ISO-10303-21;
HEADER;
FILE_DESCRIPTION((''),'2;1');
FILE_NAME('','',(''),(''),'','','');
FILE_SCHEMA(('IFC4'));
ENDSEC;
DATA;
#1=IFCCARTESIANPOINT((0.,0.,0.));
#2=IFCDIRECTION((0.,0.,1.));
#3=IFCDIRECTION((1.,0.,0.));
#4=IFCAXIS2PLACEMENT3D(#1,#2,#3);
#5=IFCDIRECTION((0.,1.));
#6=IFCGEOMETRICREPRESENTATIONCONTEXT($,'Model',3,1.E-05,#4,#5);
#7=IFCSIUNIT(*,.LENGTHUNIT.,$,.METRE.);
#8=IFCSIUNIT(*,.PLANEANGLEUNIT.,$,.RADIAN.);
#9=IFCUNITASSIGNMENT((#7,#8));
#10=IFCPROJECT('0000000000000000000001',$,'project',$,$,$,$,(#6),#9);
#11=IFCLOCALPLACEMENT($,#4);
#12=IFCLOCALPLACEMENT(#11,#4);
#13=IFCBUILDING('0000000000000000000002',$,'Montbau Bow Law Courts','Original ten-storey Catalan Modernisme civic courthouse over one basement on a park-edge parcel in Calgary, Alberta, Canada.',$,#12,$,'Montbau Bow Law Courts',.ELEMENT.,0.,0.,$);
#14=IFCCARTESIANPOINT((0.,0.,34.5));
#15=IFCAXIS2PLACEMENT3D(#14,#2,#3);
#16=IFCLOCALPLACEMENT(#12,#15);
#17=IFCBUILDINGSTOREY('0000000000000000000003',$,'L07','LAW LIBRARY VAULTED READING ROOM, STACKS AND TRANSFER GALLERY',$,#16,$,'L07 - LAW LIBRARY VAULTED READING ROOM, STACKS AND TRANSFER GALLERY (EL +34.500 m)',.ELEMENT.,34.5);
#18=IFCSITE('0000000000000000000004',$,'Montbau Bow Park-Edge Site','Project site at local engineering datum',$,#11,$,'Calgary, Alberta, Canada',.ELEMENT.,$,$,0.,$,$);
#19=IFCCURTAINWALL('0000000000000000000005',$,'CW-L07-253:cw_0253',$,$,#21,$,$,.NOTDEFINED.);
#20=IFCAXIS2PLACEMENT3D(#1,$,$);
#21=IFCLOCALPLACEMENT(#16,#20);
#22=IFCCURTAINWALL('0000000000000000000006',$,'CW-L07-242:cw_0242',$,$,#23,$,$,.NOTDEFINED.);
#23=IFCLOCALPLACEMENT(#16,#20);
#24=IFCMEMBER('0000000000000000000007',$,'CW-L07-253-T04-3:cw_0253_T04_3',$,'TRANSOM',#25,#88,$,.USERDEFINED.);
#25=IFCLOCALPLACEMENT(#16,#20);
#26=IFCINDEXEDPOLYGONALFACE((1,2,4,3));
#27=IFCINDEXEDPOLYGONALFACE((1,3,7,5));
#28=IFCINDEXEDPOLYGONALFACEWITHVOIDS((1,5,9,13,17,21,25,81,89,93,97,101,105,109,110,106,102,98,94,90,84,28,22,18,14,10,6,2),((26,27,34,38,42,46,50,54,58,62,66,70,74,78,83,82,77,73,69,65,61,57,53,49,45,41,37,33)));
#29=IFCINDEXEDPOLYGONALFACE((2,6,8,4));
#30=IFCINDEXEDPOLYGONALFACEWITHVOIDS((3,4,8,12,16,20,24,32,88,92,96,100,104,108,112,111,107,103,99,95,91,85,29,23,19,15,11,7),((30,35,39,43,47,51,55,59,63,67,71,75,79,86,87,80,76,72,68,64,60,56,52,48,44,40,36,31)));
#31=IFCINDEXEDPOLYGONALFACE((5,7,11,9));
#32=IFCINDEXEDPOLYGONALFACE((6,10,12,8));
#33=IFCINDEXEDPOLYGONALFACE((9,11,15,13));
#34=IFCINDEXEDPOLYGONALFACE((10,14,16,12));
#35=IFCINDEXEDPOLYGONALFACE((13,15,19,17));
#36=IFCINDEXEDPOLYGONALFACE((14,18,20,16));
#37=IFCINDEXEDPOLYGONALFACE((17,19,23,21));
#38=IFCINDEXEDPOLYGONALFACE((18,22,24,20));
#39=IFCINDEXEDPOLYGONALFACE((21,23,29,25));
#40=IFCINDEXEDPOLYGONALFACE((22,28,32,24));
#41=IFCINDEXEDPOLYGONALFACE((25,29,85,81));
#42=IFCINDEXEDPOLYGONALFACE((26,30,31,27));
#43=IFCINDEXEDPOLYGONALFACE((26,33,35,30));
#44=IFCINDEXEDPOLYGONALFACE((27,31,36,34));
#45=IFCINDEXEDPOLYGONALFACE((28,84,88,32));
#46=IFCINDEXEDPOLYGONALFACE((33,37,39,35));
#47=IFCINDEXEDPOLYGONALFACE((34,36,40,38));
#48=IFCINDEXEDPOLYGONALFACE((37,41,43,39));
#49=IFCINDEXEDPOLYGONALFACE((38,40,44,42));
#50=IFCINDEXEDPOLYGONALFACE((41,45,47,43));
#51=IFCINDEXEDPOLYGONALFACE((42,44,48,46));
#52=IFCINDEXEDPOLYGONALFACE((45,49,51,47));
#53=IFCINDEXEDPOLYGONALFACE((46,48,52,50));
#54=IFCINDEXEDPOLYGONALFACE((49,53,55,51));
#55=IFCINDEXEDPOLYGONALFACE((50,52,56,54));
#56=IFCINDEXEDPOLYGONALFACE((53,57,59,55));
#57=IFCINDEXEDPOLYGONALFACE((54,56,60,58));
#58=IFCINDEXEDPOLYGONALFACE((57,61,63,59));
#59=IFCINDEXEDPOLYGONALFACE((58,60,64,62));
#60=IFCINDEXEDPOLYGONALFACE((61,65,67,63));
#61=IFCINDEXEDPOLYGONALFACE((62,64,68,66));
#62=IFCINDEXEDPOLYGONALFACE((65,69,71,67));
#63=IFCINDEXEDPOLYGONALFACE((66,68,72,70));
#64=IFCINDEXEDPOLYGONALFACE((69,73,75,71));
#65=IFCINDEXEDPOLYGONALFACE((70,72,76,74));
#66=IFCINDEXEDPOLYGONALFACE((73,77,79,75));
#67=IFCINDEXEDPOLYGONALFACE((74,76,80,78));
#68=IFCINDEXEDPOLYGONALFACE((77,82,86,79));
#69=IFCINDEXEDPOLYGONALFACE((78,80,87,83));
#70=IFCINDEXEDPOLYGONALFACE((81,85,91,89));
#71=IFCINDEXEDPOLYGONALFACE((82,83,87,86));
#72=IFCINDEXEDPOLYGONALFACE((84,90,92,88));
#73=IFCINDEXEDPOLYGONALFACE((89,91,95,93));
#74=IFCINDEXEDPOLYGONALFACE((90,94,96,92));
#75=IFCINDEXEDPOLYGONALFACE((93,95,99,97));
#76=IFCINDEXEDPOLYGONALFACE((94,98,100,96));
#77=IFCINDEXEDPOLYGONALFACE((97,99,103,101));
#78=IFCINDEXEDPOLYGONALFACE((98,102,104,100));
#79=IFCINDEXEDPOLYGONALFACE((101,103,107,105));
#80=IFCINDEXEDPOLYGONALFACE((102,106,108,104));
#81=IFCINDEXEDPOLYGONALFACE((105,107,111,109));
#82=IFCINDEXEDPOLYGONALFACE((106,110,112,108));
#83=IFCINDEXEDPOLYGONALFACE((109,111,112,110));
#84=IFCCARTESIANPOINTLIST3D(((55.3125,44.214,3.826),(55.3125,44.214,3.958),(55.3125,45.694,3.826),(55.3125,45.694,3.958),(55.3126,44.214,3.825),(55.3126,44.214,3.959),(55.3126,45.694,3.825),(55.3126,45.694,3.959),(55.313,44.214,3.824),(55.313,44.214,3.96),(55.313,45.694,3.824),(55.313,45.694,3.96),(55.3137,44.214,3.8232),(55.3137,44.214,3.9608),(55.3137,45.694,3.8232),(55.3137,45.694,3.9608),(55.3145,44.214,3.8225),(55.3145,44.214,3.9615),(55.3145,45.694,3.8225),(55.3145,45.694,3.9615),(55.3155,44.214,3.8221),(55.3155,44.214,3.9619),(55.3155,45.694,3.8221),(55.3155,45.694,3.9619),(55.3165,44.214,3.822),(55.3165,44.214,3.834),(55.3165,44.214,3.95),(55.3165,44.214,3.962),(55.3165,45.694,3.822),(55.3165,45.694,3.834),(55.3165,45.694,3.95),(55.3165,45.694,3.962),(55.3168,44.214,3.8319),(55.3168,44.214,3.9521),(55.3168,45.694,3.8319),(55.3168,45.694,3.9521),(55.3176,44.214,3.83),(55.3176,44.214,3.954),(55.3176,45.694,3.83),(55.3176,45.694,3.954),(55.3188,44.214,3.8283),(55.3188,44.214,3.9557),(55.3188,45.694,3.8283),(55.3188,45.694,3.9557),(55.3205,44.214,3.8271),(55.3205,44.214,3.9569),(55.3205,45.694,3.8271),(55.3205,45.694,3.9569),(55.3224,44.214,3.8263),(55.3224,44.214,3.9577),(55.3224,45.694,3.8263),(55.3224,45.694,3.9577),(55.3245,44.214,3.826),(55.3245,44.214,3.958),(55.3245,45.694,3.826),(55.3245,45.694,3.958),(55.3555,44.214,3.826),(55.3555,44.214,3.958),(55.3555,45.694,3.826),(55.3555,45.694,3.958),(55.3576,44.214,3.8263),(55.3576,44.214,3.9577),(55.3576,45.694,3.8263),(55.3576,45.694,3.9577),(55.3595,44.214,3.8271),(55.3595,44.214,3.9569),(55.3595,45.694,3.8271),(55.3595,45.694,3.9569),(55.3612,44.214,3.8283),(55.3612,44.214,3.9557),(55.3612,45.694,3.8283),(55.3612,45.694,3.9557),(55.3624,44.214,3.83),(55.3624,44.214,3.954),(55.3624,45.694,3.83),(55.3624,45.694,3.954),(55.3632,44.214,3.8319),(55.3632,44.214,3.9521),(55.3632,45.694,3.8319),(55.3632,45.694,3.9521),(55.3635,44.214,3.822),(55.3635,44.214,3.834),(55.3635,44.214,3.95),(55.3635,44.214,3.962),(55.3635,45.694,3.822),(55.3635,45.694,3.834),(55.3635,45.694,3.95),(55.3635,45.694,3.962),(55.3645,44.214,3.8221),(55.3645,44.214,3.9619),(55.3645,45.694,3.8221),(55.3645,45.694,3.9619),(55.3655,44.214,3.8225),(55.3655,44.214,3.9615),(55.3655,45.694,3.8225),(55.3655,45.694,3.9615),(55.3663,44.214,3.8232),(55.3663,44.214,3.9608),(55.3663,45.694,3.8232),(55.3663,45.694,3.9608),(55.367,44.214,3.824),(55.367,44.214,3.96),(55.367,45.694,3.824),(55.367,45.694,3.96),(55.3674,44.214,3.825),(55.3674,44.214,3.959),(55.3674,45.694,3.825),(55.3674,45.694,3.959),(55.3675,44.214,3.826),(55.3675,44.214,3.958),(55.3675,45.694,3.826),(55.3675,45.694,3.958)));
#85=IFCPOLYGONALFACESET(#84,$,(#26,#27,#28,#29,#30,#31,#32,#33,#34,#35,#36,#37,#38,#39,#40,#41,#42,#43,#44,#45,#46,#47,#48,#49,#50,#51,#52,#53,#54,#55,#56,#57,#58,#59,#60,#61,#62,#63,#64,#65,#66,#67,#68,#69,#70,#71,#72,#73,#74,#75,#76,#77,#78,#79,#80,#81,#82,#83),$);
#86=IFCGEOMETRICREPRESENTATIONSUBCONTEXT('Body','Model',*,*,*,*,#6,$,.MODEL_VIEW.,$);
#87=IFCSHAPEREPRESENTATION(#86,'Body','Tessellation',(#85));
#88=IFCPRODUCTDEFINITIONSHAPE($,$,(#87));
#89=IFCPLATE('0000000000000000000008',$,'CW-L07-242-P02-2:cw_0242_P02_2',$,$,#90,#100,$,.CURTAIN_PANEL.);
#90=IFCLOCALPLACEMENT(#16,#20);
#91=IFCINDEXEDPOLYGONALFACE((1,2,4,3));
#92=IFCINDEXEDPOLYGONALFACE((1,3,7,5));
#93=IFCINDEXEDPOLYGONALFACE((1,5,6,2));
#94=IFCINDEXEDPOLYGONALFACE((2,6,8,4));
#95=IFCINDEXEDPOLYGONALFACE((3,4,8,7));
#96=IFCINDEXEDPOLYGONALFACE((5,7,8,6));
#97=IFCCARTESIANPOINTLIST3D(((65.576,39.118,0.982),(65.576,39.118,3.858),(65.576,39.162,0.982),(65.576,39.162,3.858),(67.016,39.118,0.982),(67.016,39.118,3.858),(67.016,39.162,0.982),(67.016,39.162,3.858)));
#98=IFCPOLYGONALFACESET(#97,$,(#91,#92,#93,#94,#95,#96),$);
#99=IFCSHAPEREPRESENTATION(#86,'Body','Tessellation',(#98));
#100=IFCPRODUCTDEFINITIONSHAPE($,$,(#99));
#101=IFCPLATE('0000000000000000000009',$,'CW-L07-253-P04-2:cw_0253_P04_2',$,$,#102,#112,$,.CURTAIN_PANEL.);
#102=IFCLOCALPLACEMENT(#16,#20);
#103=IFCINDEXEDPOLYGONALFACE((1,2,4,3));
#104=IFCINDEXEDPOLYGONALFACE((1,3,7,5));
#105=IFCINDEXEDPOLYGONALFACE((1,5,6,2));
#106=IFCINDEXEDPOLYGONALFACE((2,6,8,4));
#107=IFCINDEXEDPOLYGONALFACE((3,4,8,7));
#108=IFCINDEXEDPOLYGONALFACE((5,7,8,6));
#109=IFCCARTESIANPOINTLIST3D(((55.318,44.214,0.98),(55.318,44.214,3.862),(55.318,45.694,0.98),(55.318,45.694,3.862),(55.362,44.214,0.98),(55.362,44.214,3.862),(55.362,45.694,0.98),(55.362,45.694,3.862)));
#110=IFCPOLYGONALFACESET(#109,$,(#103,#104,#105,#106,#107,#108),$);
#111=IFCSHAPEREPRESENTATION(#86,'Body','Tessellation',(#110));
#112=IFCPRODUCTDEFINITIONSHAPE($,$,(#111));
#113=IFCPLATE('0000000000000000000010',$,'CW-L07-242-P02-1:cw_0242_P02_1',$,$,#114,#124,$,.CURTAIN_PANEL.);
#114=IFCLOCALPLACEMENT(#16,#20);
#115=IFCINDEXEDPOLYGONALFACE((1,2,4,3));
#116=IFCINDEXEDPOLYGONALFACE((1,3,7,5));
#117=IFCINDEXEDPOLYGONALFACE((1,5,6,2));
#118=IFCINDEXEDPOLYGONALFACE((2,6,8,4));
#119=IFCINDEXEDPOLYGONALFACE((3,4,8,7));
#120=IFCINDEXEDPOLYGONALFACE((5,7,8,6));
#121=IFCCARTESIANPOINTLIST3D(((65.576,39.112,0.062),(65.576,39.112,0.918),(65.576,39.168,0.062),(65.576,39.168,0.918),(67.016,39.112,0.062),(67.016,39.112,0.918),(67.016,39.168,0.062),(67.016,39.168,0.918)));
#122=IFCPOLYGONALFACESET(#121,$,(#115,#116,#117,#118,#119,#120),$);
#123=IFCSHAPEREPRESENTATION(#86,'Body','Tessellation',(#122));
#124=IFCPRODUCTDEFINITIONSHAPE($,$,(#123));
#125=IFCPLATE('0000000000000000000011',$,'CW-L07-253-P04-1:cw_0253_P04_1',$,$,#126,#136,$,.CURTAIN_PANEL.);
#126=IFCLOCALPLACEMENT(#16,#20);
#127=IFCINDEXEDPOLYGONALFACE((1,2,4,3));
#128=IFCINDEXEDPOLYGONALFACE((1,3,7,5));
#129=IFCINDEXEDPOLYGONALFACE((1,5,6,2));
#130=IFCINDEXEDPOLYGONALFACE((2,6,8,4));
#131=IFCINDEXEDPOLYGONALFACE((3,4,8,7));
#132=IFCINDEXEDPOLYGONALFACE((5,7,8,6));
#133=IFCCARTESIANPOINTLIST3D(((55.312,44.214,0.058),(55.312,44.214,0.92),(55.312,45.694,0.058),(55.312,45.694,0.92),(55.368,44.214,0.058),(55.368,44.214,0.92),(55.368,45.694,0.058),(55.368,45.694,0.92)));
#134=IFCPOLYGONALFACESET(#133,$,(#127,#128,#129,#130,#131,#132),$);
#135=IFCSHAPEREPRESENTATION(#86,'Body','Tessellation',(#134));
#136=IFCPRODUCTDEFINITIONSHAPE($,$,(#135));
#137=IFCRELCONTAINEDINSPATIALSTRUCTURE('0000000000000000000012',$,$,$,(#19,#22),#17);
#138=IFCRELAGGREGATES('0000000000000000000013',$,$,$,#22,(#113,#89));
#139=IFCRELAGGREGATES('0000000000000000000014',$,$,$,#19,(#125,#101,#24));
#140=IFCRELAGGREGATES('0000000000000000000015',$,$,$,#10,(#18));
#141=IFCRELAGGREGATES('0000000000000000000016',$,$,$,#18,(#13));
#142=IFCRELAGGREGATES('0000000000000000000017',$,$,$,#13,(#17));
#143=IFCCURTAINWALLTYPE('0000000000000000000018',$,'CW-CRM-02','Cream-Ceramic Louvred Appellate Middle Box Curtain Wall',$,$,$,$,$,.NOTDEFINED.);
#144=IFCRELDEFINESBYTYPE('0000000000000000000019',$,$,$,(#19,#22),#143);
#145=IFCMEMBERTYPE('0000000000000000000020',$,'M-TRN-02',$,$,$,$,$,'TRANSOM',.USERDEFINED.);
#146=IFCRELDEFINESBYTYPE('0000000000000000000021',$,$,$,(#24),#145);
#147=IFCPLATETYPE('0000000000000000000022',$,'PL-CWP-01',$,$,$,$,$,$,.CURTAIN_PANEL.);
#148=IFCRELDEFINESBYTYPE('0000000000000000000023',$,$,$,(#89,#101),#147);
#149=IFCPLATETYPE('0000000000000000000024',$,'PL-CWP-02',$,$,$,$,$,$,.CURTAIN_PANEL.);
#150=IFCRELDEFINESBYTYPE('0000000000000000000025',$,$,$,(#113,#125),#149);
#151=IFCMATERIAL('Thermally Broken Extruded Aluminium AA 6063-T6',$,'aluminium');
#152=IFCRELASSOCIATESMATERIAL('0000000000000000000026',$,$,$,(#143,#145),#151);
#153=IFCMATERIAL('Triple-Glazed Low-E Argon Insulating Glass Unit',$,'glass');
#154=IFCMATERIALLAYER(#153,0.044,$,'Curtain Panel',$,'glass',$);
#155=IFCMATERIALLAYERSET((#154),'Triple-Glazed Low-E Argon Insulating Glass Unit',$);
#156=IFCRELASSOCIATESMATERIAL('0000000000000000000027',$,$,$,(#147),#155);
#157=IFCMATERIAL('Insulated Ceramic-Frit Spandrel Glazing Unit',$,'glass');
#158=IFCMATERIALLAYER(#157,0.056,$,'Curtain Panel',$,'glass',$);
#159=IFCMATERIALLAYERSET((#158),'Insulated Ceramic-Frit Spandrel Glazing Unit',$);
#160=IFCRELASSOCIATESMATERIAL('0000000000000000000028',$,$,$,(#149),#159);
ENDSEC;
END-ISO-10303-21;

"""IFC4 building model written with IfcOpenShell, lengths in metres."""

from ifc_helpers import new_model, si_unit, direction, frame, frame_2d, origin_with_axes, origin_2d_with_axis, place, context, subcontext, project, spatial, rectangle, hollow_rectangle, extrude, material, layer, layer_set, material_profile, profile_set, type_object, element, aggregate, save


model = new_model("IFC4")

# Units and contexts
model_context = context("Model", 3, precision=1e-05, world=origin_with_axes(), true_north=direction((0.0, 1.0)))
body_context = subcontext(model_context, "Body", "Model", "MODEL_VIEW")
ifc_project = project(units=[si_unit("LENGTHUNIT", "METRE"), si_unit("PLANEANGLEUNIT", "RADIAN")], contexts=[model_context])

# Site, building, storey
site_placement = place(None, origin_with_axes())
site = spatial("IfcSite", under=ifc_project, at=site_placement, Name="Montbau Bow Park-Edge Site", Description="Project site at local engineering datum", LongName="Calgary, Alberta, Canada", CompositionType="ELEMENT", RefElevation=0.0)
building_placement = place(site_placement, origin_with_axes())
building = spatial("IfcBuilding", under=site, at=building_placement, Name="Montbau Bow Law Courts", Description="Original ten-storey Catalan Modernisme civic courthouse over one basement on a park-edge parcel in Calgary, Alberta, Canada.", LongName="Montbau Bow Law Courts", CompositionType="ELEMENT", ElevationOfRefHeight=0.0, ElevationOfTerrain=0.0)
storey_placement = place(building_placement, frame((0.0, 0.0, 34.5), z_axis=(0.0, 0.0, 1.0), x_axis=(1.0, 0.0, 0.0)))
storey = spatial("IfcBuildingStorey", under=building, at=storey_placement, Name="L07", Description="LAW LIBRARY VAULTED READING ROOM, STACKS AND TRANSFER GALLERY", LongName="L07 - LAW LIBRARY VAULTED READING ROOM, STACKS AND TRANSFER GALLERY (EL +34.500 m)", CompositionType="ELEMENT", Elevation=34.5)

# Curtain wall
ifc_material_1 = material(Name="Thermally Broken Extruded Aluminium AA 6063-T6", Category="aluminium")
curtain_wall_type = type_object("IfcCurtainWallType", Name="CW-CRM-02", Description="Cream-Ceramic Louvred Appellate Middle Box Curtain Wall", PredefinedType="NOTDEFINED", material=ifc_material_1)
curtain_wall_1_placement = place(None, frame((55.34, 39.44, 34.5), z_axis=(0.0, 0.0, 1.0), x_axis=(1.0, 0.0, 0.0)))
curtain_wall_1 = element("IfcCurtainWall", 1, at=curtain_wall_1_placement, inside=storey, type_object=curtain_wall_type, Name="CW-L07-253:cw_0253", PredefinedType="NOTDEFINED")

# Curtain wall
curtain_wall_2_placement = place(None, frame((64.04, 39.14, 34.5), z_axis=(0.0, 0.0, 1.0), x_axis=(1.0, 0.0, 0.0)))
curtain_wall_2 = element("IfcCurtainWall", 2, at=curtain_wall_2_placement, inside=storey, type_object=curtain_wall_type, Name="CW-L07-242:cw_0242", PredefinedType="NOTDEFINED")

# Member
ifc_material_profile_1 = material_profile(ifc_material_1, hollow_rectangle(XDim=0.055, YDim=0.14, WallThickness=0.004, InnerFilletRadius=0.008, OuterFilletRadius=0.004, at=origin_2d_with_axis()), Name="CWT-140X55", Category="Main", Priority=0)
ifc_profile_set_1 = profile_set([ifc_material_profile_1], Name="Thermally Broken Extruded Aluminium AA 6063-T6")
member_type_1 = type_object("IfcMemberType", Name="M-TRN-02", ElementType="TRANSOM", PredefinedType="USERDEFINED", material=ifc_profile_set_1)
member_1_placement = place(None, frame((55.34, 44.214, 38.392), z_axis=(0.0, 1.0, 0.0), x_axis=(-1.0, 0.0, 0.0)))
member_1 = element("IfcMember", 3, at=member_1_placement, type_object=member_type_1, Name="CW-L07-253-T04-3:cw_0253_T04_3", ObjectType="TRANSOM", PredefinedType="USERDEFINED", context=body_context, shape_type="SweptSolid", body=[
    extrude(hollow_rectangle(XDim=0.055, YDim=0.14, WallThickness=0.004, InnerFilletRadius=0.008, OuterFilletRadius=0.004, at=origin_2d_with_axis()), origin_with_axes(), (0.0, 0.0, 1.0), 1.48),
])

# Plates
ifc_material_2 = material(Name="Triple-Glazed Low-E Argon Insulating Glass Unit", Category="glass")
ifc_layer_1 = layer(ifc_material_2, 0.044, Name="Curtain Panel", Category="glass")
ifc_layer_set_1 = layer_set([ifc_layer_1], Name="Triple-Glazed Low-E Argon Insulating Glass Unit")
plate_type_1 = type_object("IfcPlateType", Name="PL-CWP-01", PredefinedType="CURTAIN_PANEL", material=ifc_layer_set_1)
plate_1_placement = place(None, frame((65.576, 39.14, 35.482), z_axis=(0.0, -1.0, 0.0), x_axis=(1.0, 0.0, 0.0)))
plate_1 = element("IfcPlate", 4, at=plate_1_placement, type_object=plate_type_1, Name="CW-L07-242-P02-2:cw_0242_P02_2", PredefinedType="CURTAIN_PANEL", context=body_context, shape_type="SweptSolid", body=[
    extrude(rectangle(XDim=1.44, YDim=2.876, at=frame_2d((0.72, 1.438), x_axis=(1.0, 0.0))), frame((0.0, 0.0, -0.022), z_axis=(0.0, 0.0, 1.0), x_axis=(1.0, 0.0, 0.0)), (0.0, 0.0, 1.0), 0.044),
])
plate_2_placement = place(None, frame((55.34, 44.214, 35.48), z_axis=(1.0, 0.0, 0.0), x_axis=(0.0, 1.0, 0.0)))
plate_2 = element("IfcPlate", 5, at=plate_2_placement, type_object=plate_type_1, Name="CW-L07-253-P04-2:cw_0253_P04_2", PredefinedType="CURTAIN_PANEL", context=body_context, shape_type="SweptSolid", body=[
    extrude(rectangle(XDim=1.48, YDim=2.882, at=frame_2d((0.74, 1.441), x_axis=(1.0, 0.0))), frame((0.0, 0.0, -0.022), z_axis=(0.0, 0.0, 1.0), x_axis=(1.0, 0.0, 0.0)), (0.0, 0.0, 1.0), 0.044),
])
ifc_material_3 = material(Name="Insulated Ceramic-Frit Spandrel Glazing Unit", Category="glass")
ifc_layer_2 = layer(ifc_material_3, 0.056, Name="Curtain Panel", Category="glass")
ifc_layer_set_2 = layer_set([ifc_layer_2], Name="Insulated Ceramic-Frit Spandrel Glazing Unit")
plate_type_2 = type_object("IfcPlateType", Name="PL-CWP-02", PredefinedType="CURTAIN_PANEL", material=ifc_layer_set_2)
plate_3_placement = place(None, frame((65.576, 39.14, 34.562), z_axis=(0.0, -1.0, 0.0), x_axis=(1.0, 0.0, 0.0)))
plate_3 = element("IfcPlate", 6, at=plate_3_placement, type_object=plate_type_2, Name="CW-L07-242-P02-1:cw_0242_P02_1", PredefinedType="CURTAIN_PANEL", context=body_context, shape_type="SweptSolid", body=[
    extrude(rectangle(XDim=1.44, YDim=0.856, at=frame_2d((0.72, 0.428), x_axis=(1.0, 0.0))), frame((0.0, 0.0, -0.028), z_axis=(0.0, 0.0, 1.0), x_axis=(1.0, 0.0, 0.0)), (0.0, 0.0, 1.0), 0.056),
])
aggregate(curtain_wall_2, [plate_3, plate_1])
plate_4_placement = place(None, frame((55.34, 44.214, 34.558), z_axis=(1.0, 0.0, 0.0), x_axis=(0.0, 1.0, 0.0)))
plate_4 = element("IfcPlate", 7, at=plate_4_placement, type_object=plate_type_2, Name="CW-L07-253-P04-1:cw_0253_P04_1", PredefinedType="CURTAIN_PANEL", context=body_context, shape_type="SweptSolid", body=[
    extrude(rectangle(XDim=1.48, YDim=0.862, at=frame_2d((0.74, 0.431), x_axis=(1.0, 0.0))), frame((0.0, 0.0, -0.028), z_axis=(0.0, 0.0, 1.0), x_axis=(1.0, 0.0, 0.0)), (0.0, 0.0, 1.0), 0.056),
])
aggregate(curtain_wall_1, [plate_4, plate_2, member_1])

save(model, "model.ifc")
